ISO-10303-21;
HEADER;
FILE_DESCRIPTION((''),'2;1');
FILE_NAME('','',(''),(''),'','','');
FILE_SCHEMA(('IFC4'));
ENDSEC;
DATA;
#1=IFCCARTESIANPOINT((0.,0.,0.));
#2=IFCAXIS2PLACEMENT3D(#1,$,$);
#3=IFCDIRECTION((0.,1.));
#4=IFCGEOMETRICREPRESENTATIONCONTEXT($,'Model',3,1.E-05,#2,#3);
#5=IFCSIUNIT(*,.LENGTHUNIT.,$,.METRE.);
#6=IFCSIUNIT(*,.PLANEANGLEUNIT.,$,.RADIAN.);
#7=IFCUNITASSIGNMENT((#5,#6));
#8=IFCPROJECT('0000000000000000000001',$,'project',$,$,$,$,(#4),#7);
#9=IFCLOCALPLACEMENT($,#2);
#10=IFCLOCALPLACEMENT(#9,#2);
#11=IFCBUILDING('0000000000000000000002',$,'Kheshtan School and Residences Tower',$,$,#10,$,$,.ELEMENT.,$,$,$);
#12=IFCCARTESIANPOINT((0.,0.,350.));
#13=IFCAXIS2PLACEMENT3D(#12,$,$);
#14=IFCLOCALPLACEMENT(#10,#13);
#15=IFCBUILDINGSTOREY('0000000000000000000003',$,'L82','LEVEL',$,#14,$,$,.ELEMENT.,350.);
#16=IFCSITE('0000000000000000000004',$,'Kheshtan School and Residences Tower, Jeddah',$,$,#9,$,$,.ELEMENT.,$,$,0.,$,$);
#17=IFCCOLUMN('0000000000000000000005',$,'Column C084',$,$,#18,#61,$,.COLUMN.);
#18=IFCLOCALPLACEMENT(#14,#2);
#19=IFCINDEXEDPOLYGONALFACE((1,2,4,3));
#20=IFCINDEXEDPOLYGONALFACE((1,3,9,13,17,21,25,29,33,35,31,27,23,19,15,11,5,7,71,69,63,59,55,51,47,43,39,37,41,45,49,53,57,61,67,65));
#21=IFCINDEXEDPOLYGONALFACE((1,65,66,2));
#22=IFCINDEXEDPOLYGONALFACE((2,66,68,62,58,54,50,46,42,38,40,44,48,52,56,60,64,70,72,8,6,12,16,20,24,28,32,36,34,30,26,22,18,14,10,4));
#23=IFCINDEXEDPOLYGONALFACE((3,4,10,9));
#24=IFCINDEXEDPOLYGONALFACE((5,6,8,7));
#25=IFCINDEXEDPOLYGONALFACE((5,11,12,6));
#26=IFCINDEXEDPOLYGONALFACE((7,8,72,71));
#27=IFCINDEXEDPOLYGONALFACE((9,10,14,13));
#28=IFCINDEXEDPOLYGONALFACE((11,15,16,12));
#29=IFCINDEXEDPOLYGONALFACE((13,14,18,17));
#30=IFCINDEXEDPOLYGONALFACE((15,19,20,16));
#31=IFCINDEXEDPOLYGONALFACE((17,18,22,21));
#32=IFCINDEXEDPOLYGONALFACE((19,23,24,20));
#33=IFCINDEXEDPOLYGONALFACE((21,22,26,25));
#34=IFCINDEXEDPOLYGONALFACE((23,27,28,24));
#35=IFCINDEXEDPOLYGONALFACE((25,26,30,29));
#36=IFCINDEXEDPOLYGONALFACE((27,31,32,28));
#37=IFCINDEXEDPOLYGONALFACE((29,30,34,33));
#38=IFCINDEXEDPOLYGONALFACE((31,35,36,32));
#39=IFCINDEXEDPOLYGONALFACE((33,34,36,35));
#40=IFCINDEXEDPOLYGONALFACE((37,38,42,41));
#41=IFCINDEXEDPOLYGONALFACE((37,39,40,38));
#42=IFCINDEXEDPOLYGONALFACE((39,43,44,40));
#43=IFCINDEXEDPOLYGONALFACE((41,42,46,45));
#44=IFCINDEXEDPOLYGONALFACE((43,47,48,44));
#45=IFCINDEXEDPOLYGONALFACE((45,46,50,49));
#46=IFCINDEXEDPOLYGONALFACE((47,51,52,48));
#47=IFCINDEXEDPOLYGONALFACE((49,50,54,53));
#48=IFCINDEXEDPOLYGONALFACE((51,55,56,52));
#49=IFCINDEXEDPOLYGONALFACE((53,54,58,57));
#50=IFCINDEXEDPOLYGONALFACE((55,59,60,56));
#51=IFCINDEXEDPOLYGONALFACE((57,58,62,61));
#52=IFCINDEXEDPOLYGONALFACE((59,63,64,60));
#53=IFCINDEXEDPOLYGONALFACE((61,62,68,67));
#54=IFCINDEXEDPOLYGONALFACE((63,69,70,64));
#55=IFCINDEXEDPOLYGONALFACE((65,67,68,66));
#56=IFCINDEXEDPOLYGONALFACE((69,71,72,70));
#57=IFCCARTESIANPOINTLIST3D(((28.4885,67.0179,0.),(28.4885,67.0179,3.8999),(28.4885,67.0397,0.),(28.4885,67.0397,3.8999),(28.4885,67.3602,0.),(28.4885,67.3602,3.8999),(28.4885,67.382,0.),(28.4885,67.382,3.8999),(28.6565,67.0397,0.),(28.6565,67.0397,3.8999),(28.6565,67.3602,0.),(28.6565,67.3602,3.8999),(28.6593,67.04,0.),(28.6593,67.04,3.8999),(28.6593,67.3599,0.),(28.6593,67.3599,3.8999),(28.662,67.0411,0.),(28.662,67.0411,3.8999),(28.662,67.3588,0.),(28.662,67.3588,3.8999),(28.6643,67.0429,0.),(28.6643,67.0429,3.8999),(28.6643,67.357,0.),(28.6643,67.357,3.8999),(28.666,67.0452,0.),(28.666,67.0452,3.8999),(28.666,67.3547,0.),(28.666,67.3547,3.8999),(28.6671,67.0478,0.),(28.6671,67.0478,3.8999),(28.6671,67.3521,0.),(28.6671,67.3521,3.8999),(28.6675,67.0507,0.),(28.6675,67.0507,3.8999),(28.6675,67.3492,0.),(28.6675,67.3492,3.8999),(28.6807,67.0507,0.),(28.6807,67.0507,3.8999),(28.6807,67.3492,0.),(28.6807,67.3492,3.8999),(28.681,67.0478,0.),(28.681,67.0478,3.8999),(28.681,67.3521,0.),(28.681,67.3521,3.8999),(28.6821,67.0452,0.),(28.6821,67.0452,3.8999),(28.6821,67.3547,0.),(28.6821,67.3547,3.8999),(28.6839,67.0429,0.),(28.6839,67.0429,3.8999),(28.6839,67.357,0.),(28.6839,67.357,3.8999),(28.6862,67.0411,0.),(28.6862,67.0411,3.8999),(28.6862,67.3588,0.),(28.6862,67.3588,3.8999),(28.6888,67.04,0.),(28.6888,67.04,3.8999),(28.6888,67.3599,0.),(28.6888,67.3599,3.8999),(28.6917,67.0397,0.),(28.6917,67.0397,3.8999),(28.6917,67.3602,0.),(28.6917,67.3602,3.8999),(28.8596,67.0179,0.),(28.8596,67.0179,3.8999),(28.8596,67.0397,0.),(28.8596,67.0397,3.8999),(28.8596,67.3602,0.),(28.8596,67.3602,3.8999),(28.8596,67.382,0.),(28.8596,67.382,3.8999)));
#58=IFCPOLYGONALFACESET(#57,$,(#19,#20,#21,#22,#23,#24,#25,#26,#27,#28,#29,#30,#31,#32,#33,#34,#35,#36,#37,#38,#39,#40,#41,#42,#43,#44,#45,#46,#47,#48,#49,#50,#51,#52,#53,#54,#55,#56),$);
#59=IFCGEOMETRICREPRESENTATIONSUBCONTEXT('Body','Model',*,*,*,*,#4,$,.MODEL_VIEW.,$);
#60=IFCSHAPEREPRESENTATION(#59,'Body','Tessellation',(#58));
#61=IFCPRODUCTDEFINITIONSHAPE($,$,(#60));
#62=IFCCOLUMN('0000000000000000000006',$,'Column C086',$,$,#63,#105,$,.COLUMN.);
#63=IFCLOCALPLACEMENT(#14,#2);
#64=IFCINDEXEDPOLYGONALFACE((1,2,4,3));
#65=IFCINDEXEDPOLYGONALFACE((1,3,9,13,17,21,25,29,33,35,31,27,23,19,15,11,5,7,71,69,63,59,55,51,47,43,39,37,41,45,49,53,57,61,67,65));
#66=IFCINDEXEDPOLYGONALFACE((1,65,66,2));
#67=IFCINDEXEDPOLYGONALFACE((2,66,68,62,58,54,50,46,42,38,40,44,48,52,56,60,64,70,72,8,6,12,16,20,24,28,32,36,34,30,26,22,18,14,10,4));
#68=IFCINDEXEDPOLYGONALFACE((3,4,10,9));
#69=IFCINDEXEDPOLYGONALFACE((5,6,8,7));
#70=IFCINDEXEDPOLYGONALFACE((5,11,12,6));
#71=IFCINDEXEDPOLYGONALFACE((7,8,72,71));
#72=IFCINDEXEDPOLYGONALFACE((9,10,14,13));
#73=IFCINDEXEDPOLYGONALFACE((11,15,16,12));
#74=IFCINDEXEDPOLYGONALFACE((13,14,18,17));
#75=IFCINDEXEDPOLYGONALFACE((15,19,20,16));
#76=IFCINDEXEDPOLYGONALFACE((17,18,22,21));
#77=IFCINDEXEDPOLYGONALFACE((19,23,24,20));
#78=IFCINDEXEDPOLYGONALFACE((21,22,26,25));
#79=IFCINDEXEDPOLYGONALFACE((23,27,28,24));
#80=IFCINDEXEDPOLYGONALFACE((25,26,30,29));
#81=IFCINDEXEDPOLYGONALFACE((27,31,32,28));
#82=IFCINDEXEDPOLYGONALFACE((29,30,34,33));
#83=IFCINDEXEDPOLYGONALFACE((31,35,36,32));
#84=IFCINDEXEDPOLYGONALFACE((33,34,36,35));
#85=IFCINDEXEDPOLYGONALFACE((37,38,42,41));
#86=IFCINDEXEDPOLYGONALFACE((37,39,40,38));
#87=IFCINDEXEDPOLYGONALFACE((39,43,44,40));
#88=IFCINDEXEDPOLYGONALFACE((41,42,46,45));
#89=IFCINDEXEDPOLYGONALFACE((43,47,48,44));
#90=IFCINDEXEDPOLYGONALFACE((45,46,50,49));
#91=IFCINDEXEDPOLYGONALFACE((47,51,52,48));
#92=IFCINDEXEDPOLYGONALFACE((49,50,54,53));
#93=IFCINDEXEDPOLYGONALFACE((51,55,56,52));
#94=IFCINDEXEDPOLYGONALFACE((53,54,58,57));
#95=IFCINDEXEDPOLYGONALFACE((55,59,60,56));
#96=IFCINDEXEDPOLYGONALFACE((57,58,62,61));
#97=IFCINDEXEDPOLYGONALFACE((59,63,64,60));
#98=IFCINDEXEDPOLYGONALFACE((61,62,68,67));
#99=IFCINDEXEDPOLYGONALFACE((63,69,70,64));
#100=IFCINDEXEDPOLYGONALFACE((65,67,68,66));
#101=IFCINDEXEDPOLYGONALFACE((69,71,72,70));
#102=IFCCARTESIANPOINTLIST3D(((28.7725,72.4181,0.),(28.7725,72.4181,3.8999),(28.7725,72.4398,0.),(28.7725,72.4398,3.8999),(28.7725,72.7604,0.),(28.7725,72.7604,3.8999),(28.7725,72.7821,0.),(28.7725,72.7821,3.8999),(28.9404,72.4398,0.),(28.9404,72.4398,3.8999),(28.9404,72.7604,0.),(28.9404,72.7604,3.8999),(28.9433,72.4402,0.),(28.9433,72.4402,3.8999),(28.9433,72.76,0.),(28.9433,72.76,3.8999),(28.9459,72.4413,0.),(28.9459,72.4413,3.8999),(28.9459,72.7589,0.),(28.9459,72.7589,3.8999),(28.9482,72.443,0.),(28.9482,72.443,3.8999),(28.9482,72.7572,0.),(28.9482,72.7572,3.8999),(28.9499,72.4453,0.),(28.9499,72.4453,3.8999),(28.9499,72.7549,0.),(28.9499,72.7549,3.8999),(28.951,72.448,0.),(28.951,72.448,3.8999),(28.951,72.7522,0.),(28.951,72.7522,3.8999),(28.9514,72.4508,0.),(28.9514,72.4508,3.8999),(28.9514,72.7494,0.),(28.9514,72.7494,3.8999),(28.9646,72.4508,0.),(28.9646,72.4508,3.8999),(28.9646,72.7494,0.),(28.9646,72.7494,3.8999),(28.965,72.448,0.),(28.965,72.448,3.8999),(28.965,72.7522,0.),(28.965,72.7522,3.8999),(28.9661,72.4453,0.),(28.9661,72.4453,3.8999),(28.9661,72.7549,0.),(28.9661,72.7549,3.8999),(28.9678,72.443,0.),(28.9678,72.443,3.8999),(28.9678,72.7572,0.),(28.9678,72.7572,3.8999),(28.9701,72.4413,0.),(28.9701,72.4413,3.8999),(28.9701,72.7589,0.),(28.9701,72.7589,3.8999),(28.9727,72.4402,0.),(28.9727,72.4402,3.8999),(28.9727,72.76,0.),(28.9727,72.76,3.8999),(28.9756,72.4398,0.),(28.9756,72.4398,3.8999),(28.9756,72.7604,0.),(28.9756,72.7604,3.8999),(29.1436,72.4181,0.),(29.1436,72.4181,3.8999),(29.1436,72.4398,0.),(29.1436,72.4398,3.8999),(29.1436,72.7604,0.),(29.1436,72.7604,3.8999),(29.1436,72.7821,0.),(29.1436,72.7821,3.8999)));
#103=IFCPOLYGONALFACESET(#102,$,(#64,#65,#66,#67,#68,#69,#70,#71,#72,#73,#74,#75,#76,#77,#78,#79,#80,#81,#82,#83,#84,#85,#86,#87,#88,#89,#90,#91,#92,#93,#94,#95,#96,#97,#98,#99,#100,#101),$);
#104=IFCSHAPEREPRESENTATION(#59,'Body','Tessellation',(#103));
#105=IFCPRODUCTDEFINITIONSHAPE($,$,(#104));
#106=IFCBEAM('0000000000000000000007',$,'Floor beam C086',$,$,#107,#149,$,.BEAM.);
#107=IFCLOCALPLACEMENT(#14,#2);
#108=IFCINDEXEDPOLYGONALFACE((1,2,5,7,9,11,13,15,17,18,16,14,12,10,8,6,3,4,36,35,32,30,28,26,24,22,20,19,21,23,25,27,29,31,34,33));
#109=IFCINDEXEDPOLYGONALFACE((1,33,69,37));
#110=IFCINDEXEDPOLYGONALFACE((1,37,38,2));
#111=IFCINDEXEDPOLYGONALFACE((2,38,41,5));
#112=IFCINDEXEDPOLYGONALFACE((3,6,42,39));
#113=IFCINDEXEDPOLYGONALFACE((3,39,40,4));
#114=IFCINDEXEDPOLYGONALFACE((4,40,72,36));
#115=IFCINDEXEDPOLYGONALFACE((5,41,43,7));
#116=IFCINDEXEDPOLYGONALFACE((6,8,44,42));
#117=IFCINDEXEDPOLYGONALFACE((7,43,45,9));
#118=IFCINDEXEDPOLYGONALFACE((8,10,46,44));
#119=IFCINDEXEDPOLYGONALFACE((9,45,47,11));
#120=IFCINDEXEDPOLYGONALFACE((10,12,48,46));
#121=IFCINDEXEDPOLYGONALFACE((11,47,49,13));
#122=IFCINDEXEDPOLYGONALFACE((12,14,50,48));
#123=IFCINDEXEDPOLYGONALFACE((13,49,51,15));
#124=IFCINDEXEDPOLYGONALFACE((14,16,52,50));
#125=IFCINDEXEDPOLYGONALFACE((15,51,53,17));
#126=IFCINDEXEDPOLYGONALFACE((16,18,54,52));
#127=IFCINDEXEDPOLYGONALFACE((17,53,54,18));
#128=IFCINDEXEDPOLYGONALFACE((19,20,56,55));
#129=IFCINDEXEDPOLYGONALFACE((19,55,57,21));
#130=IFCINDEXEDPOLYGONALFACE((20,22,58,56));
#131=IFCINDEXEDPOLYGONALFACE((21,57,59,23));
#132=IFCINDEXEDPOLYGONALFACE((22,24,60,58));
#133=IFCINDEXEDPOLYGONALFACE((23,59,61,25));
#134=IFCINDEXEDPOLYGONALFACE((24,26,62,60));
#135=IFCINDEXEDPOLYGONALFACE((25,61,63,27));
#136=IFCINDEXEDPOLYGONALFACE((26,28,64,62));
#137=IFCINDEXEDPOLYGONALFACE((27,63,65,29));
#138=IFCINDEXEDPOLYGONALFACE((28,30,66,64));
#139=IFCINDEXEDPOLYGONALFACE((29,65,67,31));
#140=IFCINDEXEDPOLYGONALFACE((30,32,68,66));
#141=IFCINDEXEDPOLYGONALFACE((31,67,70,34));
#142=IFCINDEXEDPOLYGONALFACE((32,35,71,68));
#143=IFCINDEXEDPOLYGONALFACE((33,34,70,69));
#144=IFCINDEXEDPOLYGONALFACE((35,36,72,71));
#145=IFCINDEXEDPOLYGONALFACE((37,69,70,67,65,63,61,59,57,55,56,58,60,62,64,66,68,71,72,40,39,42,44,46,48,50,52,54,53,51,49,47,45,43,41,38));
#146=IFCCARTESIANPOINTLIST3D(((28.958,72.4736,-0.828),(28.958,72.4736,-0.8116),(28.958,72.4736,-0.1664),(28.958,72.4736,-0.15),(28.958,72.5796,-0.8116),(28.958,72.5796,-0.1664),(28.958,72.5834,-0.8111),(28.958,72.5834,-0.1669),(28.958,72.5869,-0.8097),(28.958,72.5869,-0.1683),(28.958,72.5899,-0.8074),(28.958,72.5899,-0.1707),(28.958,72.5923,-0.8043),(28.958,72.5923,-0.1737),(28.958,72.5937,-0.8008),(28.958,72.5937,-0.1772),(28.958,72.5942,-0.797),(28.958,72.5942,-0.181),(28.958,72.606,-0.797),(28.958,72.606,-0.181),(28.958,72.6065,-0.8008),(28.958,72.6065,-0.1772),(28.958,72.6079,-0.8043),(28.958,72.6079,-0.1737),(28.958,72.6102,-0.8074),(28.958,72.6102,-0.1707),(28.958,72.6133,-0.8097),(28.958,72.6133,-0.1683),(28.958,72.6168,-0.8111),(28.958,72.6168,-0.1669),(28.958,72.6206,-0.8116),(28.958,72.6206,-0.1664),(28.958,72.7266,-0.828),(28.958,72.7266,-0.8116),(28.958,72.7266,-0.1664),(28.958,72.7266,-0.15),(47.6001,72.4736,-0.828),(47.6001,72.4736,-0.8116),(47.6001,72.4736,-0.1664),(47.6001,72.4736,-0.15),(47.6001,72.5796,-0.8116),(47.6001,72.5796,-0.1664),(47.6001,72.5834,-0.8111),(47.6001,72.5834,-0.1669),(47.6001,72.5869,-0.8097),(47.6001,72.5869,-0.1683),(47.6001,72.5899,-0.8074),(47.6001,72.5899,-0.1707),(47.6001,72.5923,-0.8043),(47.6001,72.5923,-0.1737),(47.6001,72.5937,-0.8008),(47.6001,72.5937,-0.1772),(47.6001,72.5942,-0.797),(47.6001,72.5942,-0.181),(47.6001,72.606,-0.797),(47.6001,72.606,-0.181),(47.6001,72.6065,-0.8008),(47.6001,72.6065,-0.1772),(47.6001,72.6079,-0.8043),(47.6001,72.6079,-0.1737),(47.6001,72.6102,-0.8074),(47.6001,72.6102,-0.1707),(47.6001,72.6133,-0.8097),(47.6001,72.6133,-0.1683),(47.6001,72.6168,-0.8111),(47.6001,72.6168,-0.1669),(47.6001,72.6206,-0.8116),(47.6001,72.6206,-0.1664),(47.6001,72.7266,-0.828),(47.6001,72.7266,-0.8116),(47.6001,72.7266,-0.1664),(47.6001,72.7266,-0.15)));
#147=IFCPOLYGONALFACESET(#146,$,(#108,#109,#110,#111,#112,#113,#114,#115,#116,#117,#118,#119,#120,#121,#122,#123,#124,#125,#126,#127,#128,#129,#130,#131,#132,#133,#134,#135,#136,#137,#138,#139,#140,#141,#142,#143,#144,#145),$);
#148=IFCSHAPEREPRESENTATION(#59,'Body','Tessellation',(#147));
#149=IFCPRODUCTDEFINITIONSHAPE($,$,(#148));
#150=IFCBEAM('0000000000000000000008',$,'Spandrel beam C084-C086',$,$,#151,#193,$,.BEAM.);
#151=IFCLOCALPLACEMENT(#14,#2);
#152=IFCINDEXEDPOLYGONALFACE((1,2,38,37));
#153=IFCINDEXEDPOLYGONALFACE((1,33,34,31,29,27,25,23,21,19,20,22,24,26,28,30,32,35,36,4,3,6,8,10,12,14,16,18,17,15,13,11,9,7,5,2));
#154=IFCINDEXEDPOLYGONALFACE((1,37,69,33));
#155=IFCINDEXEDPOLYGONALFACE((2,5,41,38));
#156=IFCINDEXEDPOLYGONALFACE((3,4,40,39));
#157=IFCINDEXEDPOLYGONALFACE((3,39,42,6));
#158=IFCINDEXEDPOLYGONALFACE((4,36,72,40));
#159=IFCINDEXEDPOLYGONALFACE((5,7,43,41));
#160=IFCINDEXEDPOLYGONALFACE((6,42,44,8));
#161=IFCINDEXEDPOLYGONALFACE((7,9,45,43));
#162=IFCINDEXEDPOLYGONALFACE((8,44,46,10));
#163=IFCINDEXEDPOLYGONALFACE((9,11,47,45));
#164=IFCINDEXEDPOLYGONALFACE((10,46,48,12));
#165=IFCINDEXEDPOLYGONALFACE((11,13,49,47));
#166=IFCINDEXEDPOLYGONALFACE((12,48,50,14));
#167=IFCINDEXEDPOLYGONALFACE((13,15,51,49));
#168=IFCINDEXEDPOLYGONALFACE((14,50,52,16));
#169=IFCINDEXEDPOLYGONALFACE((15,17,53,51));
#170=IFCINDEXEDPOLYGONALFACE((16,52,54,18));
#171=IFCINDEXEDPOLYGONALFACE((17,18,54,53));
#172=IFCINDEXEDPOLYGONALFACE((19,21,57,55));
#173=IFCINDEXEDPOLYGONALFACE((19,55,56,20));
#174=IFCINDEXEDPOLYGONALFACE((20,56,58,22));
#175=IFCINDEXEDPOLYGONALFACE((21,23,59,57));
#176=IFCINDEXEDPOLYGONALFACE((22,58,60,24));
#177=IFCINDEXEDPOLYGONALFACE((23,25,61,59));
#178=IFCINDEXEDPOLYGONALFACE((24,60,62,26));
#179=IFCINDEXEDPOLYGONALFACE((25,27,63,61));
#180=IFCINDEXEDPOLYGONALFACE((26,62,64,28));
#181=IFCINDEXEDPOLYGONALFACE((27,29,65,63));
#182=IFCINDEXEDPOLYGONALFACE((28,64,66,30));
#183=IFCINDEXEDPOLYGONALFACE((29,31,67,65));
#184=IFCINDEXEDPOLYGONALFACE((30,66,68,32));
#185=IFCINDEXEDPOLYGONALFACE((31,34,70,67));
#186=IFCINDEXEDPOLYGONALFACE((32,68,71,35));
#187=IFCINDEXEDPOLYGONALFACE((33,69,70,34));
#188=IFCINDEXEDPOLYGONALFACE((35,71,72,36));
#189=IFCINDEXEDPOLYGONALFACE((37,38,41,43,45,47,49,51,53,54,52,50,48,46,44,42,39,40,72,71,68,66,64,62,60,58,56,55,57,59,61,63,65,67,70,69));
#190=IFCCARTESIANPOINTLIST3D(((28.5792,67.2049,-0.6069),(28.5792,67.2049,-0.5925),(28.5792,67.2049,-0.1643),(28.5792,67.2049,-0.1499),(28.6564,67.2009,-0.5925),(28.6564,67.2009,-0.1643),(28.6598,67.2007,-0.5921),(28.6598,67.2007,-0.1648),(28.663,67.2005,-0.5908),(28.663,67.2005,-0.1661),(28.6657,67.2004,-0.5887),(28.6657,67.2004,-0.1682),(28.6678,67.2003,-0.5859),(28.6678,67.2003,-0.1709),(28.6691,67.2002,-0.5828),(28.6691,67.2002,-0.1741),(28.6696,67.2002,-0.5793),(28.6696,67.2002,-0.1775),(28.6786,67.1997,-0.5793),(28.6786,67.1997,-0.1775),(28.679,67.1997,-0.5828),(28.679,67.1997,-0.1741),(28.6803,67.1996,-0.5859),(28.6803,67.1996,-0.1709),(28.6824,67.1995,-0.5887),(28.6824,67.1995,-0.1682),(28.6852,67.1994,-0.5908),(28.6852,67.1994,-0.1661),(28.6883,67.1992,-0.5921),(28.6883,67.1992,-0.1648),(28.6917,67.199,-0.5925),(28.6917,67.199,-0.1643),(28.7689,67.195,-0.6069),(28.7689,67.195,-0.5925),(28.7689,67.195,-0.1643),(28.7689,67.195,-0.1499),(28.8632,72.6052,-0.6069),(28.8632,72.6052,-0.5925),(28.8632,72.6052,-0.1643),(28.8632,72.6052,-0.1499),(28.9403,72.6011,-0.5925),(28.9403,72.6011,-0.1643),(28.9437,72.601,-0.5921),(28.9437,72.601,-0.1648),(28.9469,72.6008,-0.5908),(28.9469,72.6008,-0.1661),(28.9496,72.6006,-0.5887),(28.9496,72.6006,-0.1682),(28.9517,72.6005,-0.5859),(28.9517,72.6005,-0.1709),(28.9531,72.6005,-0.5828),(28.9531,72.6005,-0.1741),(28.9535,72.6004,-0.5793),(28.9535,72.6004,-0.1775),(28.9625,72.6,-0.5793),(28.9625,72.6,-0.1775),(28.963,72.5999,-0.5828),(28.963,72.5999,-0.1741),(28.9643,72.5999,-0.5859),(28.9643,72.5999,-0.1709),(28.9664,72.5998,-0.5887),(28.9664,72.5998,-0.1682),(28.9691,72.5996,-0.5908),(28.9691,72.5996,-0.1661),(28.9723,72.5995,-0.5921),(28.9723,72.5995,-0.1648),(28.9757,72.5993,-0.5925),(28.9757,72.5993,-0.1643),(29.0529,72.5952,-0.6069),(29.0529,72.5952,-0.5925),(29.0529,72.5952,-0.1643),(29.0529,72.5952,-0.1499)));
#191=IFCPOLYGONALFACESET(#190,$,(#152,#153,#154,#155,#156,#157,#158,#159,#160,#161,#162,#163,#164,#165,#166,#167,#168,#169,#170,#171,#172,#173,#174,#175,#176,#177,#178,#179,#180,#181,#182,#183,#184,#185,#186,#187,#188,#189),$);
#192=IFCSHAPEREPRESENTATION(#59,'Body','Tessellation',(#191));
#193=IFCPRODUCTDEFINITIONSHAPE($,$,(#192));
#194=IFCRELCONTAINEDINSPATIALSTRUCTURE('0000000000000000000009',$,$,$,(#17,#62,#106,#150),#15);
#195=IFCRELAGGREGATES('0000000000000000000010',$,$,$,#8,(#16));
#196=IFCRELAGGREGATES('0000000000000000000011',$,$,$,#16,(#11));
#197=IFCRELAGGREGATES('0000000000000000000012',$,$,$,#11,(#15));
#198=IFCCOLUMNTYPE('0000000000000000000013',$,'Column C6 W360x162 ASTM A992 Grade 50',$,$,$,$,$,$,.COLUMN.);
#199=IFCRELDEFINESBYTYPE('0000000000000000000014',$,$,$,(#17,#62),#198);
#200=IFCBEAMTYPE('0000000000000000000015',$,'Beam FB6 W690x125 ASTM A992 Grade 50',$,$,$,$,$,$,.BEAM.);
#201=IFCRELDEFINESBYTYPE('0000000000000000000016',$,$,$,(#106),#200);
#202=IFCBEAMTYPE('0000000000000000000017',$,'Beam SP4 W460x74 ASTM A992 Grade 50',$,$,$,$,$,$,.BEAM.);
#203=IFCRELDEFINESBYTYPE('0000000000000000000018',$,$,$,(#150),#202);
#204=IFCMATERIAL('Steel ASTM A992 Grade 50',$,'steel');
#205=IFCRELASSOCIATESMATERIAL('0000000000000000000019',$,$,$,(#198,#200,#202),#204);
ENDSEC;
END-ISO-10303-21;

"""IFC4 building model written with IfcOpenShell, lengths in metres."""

from ifc_helpers import new_model, si_unit, direction, frame, origin, origin_2d, place, context, subcontext, project, spatial, i_section, extrude, material, material_profile, profile_set, type_object, element, save


model = new_model("IFC4")

# Units and contexts
model_context = context("Model", 3, precision=1e-05, world=origin(), true_north=direction((0.0, 1.0)))
body_context = subcontext(model_context, "Body", "Model", "MODEL_VIEW")
ifc_project = project(units=[si_unit("LENGTHUNIT", "METRE"), si_unit("PLANEANGLEUNIT", "RADIAN")], contexts=[model_context])

# Site, building, storey
site_placement = place(None, origin())
site = spatial("IfcSite", under=ifc_project, at=site_placement, Name="Kheshtan School and Residences Tower, Jeddah", CompositionType="ELEMENT", RefElevation=0.0)
building_placement = place(site_placement, origin())
building = spatial("IfcBuilding", under=site, at=building_placement, Name="Kheshtan School and Residences Tower", CompositionType="ELEMENT")
storey_placement = place(building_placement, frame((0.0, 0.0, 350.0)))
storey = spatial("IfcBuildingStorey", under=building, at=storey_placement, Name="L82", Description="LEVEL", CompositionType="ELEMENT", Elevation=350.0)

# Columns
ifc_material_1 = material(Name="Steel ASTM A992 Grade 50", Category="steel")
ifc_material_profile_1 = material_profile(ifc_material_1, i_section(OverallWidth=0.3711, OverallDepth=0.364, WebThickness=0.0132, FlangeThickness=0.0217, FilletRadius=0.011, at=origin_2d()), Name="W360x162")
ifc_profile_set_1 = profile_set([ifc_material_profile_1], Name="Steel ASTM A992 Grade 50")
column_type = type_object("IfcColumnType", Name="Column C6 W360x162 ASTM A992 Grade 50", PredefinedType="COLUMN", material=ifc_profile_set_1)
for number, where, z_axis, x_axis, name in (
    (1, (28.6741, 67.2, 0.0), (0.0, 0.0, 1.0), (1.0, 0.0, 0.0), "Column C084"),
    (2, (28.958, 72.6001, 0.0), (0.0, 0.0, 1.0), (1.0, 0.0, 0.0), "Column C086"),
):
    element("IfcColumn", number, at=place(storey_placement, frame(where, z_axis=z_axis, x_axis=x_axis)), inside=storey, type_object=column_type, Name=name, PredefinedType="COLUMN", context=body_context, shape_type="SweptSolid", body=[
        extrude(i_section(OverallWidth=0.3711, OverallDepth=0.364, WebThickness=0.0132, FlangeThickness=0.0217, FilletRadius=0.011, at=origin_2d()), origin(), (0.0, 0.0, 1.0), 3.8999),
    ])

# Beams
ifc_material_profile_2 = material_profile(ifc_material_1, i_section(OverallWidth=0.2529, OverallDepth=0.678, WebThickness=0.0117, FlangeThickness=0.0164, FilletRadius=0.0146, at=origin_2d()), Name="W690x125")
ifc_profile_set_2 = profile_set([ifc_material_profile_2], Name="Steel ASTM A992 Grade 50")
beam_type_1 = type_object("IfcBeamType", Name="Beam FB6 W690x125 ASTM A992 Grade 50", PredefinedType="BEAM", material=ifc_profile_set_2)
beam_1_placement = place(storey_placement, frame((28.958, 72.6001, -0.489), z_axis=(1.0, 0.0, 0.0), x_axis=(0.0, 1.0, 0.0)))
element("IfcBeam", 3, at=beam_1_placement, inside=storey, type_object=beam_type_1, Name="Floor beam C086", PredefinedType="BEAM", context=body_context, shape_type="SweptSolid", body=[
    extrude(i_section(OverallWidth=0.2529, OverallDepth=0.678, WebThickness=0.0117, FlangeThickness=0.0164, FilletRadius=0.0146, at=origin_2d()), origin(), (0.0, 0.0, 1.0), 18.6421),
])
ifc_material_profile_3 = material_profile(ifc_material_1, i_section(OverallWidth=0.1899, OverallDepth=0.457, WebThickness=0.009, FlangeThickness=0.0144, FilletRadius=0.0132, at=origin_2d()), Name="W460x74")
ifc_profile_set_3 = profile_set([ifc_material_profile_3], Name="Steel ASTM A992 Grade 50")
beam_type_2 = type_object("IfcBeamType", Name="Beam SP4 W460x74 ASTM A992 Grade 50", PredefinedType="BEAM", material=ifc_profile_set_3)
beam_2_placement = place(storey_placement, frame((28.6741, 67.2, -0.3784), z_axis=(0.052507, 0.998621, 0.0), x_axis=(-0.998621, 0.052507, 0.0)))
element("IfcBeam", 4, at=beam_2_placement, inside=storey, type_object=beam_type_2, Name="Spandrel beam C084-C086", PredefinedType="BEAM", context=body_context, shape_type="SweptSolid", body=[
    extrude(i_section(OverallWidth=0.1899, OverallDepth=0.457, WebThickness=0.009, FlangeThickness=0.0144, FilletRadius=0.0132, at=origin_2d()), origin(), (0.0, 0.0, 1.0), 5.4077),
])

save(model, "model.ifc")
